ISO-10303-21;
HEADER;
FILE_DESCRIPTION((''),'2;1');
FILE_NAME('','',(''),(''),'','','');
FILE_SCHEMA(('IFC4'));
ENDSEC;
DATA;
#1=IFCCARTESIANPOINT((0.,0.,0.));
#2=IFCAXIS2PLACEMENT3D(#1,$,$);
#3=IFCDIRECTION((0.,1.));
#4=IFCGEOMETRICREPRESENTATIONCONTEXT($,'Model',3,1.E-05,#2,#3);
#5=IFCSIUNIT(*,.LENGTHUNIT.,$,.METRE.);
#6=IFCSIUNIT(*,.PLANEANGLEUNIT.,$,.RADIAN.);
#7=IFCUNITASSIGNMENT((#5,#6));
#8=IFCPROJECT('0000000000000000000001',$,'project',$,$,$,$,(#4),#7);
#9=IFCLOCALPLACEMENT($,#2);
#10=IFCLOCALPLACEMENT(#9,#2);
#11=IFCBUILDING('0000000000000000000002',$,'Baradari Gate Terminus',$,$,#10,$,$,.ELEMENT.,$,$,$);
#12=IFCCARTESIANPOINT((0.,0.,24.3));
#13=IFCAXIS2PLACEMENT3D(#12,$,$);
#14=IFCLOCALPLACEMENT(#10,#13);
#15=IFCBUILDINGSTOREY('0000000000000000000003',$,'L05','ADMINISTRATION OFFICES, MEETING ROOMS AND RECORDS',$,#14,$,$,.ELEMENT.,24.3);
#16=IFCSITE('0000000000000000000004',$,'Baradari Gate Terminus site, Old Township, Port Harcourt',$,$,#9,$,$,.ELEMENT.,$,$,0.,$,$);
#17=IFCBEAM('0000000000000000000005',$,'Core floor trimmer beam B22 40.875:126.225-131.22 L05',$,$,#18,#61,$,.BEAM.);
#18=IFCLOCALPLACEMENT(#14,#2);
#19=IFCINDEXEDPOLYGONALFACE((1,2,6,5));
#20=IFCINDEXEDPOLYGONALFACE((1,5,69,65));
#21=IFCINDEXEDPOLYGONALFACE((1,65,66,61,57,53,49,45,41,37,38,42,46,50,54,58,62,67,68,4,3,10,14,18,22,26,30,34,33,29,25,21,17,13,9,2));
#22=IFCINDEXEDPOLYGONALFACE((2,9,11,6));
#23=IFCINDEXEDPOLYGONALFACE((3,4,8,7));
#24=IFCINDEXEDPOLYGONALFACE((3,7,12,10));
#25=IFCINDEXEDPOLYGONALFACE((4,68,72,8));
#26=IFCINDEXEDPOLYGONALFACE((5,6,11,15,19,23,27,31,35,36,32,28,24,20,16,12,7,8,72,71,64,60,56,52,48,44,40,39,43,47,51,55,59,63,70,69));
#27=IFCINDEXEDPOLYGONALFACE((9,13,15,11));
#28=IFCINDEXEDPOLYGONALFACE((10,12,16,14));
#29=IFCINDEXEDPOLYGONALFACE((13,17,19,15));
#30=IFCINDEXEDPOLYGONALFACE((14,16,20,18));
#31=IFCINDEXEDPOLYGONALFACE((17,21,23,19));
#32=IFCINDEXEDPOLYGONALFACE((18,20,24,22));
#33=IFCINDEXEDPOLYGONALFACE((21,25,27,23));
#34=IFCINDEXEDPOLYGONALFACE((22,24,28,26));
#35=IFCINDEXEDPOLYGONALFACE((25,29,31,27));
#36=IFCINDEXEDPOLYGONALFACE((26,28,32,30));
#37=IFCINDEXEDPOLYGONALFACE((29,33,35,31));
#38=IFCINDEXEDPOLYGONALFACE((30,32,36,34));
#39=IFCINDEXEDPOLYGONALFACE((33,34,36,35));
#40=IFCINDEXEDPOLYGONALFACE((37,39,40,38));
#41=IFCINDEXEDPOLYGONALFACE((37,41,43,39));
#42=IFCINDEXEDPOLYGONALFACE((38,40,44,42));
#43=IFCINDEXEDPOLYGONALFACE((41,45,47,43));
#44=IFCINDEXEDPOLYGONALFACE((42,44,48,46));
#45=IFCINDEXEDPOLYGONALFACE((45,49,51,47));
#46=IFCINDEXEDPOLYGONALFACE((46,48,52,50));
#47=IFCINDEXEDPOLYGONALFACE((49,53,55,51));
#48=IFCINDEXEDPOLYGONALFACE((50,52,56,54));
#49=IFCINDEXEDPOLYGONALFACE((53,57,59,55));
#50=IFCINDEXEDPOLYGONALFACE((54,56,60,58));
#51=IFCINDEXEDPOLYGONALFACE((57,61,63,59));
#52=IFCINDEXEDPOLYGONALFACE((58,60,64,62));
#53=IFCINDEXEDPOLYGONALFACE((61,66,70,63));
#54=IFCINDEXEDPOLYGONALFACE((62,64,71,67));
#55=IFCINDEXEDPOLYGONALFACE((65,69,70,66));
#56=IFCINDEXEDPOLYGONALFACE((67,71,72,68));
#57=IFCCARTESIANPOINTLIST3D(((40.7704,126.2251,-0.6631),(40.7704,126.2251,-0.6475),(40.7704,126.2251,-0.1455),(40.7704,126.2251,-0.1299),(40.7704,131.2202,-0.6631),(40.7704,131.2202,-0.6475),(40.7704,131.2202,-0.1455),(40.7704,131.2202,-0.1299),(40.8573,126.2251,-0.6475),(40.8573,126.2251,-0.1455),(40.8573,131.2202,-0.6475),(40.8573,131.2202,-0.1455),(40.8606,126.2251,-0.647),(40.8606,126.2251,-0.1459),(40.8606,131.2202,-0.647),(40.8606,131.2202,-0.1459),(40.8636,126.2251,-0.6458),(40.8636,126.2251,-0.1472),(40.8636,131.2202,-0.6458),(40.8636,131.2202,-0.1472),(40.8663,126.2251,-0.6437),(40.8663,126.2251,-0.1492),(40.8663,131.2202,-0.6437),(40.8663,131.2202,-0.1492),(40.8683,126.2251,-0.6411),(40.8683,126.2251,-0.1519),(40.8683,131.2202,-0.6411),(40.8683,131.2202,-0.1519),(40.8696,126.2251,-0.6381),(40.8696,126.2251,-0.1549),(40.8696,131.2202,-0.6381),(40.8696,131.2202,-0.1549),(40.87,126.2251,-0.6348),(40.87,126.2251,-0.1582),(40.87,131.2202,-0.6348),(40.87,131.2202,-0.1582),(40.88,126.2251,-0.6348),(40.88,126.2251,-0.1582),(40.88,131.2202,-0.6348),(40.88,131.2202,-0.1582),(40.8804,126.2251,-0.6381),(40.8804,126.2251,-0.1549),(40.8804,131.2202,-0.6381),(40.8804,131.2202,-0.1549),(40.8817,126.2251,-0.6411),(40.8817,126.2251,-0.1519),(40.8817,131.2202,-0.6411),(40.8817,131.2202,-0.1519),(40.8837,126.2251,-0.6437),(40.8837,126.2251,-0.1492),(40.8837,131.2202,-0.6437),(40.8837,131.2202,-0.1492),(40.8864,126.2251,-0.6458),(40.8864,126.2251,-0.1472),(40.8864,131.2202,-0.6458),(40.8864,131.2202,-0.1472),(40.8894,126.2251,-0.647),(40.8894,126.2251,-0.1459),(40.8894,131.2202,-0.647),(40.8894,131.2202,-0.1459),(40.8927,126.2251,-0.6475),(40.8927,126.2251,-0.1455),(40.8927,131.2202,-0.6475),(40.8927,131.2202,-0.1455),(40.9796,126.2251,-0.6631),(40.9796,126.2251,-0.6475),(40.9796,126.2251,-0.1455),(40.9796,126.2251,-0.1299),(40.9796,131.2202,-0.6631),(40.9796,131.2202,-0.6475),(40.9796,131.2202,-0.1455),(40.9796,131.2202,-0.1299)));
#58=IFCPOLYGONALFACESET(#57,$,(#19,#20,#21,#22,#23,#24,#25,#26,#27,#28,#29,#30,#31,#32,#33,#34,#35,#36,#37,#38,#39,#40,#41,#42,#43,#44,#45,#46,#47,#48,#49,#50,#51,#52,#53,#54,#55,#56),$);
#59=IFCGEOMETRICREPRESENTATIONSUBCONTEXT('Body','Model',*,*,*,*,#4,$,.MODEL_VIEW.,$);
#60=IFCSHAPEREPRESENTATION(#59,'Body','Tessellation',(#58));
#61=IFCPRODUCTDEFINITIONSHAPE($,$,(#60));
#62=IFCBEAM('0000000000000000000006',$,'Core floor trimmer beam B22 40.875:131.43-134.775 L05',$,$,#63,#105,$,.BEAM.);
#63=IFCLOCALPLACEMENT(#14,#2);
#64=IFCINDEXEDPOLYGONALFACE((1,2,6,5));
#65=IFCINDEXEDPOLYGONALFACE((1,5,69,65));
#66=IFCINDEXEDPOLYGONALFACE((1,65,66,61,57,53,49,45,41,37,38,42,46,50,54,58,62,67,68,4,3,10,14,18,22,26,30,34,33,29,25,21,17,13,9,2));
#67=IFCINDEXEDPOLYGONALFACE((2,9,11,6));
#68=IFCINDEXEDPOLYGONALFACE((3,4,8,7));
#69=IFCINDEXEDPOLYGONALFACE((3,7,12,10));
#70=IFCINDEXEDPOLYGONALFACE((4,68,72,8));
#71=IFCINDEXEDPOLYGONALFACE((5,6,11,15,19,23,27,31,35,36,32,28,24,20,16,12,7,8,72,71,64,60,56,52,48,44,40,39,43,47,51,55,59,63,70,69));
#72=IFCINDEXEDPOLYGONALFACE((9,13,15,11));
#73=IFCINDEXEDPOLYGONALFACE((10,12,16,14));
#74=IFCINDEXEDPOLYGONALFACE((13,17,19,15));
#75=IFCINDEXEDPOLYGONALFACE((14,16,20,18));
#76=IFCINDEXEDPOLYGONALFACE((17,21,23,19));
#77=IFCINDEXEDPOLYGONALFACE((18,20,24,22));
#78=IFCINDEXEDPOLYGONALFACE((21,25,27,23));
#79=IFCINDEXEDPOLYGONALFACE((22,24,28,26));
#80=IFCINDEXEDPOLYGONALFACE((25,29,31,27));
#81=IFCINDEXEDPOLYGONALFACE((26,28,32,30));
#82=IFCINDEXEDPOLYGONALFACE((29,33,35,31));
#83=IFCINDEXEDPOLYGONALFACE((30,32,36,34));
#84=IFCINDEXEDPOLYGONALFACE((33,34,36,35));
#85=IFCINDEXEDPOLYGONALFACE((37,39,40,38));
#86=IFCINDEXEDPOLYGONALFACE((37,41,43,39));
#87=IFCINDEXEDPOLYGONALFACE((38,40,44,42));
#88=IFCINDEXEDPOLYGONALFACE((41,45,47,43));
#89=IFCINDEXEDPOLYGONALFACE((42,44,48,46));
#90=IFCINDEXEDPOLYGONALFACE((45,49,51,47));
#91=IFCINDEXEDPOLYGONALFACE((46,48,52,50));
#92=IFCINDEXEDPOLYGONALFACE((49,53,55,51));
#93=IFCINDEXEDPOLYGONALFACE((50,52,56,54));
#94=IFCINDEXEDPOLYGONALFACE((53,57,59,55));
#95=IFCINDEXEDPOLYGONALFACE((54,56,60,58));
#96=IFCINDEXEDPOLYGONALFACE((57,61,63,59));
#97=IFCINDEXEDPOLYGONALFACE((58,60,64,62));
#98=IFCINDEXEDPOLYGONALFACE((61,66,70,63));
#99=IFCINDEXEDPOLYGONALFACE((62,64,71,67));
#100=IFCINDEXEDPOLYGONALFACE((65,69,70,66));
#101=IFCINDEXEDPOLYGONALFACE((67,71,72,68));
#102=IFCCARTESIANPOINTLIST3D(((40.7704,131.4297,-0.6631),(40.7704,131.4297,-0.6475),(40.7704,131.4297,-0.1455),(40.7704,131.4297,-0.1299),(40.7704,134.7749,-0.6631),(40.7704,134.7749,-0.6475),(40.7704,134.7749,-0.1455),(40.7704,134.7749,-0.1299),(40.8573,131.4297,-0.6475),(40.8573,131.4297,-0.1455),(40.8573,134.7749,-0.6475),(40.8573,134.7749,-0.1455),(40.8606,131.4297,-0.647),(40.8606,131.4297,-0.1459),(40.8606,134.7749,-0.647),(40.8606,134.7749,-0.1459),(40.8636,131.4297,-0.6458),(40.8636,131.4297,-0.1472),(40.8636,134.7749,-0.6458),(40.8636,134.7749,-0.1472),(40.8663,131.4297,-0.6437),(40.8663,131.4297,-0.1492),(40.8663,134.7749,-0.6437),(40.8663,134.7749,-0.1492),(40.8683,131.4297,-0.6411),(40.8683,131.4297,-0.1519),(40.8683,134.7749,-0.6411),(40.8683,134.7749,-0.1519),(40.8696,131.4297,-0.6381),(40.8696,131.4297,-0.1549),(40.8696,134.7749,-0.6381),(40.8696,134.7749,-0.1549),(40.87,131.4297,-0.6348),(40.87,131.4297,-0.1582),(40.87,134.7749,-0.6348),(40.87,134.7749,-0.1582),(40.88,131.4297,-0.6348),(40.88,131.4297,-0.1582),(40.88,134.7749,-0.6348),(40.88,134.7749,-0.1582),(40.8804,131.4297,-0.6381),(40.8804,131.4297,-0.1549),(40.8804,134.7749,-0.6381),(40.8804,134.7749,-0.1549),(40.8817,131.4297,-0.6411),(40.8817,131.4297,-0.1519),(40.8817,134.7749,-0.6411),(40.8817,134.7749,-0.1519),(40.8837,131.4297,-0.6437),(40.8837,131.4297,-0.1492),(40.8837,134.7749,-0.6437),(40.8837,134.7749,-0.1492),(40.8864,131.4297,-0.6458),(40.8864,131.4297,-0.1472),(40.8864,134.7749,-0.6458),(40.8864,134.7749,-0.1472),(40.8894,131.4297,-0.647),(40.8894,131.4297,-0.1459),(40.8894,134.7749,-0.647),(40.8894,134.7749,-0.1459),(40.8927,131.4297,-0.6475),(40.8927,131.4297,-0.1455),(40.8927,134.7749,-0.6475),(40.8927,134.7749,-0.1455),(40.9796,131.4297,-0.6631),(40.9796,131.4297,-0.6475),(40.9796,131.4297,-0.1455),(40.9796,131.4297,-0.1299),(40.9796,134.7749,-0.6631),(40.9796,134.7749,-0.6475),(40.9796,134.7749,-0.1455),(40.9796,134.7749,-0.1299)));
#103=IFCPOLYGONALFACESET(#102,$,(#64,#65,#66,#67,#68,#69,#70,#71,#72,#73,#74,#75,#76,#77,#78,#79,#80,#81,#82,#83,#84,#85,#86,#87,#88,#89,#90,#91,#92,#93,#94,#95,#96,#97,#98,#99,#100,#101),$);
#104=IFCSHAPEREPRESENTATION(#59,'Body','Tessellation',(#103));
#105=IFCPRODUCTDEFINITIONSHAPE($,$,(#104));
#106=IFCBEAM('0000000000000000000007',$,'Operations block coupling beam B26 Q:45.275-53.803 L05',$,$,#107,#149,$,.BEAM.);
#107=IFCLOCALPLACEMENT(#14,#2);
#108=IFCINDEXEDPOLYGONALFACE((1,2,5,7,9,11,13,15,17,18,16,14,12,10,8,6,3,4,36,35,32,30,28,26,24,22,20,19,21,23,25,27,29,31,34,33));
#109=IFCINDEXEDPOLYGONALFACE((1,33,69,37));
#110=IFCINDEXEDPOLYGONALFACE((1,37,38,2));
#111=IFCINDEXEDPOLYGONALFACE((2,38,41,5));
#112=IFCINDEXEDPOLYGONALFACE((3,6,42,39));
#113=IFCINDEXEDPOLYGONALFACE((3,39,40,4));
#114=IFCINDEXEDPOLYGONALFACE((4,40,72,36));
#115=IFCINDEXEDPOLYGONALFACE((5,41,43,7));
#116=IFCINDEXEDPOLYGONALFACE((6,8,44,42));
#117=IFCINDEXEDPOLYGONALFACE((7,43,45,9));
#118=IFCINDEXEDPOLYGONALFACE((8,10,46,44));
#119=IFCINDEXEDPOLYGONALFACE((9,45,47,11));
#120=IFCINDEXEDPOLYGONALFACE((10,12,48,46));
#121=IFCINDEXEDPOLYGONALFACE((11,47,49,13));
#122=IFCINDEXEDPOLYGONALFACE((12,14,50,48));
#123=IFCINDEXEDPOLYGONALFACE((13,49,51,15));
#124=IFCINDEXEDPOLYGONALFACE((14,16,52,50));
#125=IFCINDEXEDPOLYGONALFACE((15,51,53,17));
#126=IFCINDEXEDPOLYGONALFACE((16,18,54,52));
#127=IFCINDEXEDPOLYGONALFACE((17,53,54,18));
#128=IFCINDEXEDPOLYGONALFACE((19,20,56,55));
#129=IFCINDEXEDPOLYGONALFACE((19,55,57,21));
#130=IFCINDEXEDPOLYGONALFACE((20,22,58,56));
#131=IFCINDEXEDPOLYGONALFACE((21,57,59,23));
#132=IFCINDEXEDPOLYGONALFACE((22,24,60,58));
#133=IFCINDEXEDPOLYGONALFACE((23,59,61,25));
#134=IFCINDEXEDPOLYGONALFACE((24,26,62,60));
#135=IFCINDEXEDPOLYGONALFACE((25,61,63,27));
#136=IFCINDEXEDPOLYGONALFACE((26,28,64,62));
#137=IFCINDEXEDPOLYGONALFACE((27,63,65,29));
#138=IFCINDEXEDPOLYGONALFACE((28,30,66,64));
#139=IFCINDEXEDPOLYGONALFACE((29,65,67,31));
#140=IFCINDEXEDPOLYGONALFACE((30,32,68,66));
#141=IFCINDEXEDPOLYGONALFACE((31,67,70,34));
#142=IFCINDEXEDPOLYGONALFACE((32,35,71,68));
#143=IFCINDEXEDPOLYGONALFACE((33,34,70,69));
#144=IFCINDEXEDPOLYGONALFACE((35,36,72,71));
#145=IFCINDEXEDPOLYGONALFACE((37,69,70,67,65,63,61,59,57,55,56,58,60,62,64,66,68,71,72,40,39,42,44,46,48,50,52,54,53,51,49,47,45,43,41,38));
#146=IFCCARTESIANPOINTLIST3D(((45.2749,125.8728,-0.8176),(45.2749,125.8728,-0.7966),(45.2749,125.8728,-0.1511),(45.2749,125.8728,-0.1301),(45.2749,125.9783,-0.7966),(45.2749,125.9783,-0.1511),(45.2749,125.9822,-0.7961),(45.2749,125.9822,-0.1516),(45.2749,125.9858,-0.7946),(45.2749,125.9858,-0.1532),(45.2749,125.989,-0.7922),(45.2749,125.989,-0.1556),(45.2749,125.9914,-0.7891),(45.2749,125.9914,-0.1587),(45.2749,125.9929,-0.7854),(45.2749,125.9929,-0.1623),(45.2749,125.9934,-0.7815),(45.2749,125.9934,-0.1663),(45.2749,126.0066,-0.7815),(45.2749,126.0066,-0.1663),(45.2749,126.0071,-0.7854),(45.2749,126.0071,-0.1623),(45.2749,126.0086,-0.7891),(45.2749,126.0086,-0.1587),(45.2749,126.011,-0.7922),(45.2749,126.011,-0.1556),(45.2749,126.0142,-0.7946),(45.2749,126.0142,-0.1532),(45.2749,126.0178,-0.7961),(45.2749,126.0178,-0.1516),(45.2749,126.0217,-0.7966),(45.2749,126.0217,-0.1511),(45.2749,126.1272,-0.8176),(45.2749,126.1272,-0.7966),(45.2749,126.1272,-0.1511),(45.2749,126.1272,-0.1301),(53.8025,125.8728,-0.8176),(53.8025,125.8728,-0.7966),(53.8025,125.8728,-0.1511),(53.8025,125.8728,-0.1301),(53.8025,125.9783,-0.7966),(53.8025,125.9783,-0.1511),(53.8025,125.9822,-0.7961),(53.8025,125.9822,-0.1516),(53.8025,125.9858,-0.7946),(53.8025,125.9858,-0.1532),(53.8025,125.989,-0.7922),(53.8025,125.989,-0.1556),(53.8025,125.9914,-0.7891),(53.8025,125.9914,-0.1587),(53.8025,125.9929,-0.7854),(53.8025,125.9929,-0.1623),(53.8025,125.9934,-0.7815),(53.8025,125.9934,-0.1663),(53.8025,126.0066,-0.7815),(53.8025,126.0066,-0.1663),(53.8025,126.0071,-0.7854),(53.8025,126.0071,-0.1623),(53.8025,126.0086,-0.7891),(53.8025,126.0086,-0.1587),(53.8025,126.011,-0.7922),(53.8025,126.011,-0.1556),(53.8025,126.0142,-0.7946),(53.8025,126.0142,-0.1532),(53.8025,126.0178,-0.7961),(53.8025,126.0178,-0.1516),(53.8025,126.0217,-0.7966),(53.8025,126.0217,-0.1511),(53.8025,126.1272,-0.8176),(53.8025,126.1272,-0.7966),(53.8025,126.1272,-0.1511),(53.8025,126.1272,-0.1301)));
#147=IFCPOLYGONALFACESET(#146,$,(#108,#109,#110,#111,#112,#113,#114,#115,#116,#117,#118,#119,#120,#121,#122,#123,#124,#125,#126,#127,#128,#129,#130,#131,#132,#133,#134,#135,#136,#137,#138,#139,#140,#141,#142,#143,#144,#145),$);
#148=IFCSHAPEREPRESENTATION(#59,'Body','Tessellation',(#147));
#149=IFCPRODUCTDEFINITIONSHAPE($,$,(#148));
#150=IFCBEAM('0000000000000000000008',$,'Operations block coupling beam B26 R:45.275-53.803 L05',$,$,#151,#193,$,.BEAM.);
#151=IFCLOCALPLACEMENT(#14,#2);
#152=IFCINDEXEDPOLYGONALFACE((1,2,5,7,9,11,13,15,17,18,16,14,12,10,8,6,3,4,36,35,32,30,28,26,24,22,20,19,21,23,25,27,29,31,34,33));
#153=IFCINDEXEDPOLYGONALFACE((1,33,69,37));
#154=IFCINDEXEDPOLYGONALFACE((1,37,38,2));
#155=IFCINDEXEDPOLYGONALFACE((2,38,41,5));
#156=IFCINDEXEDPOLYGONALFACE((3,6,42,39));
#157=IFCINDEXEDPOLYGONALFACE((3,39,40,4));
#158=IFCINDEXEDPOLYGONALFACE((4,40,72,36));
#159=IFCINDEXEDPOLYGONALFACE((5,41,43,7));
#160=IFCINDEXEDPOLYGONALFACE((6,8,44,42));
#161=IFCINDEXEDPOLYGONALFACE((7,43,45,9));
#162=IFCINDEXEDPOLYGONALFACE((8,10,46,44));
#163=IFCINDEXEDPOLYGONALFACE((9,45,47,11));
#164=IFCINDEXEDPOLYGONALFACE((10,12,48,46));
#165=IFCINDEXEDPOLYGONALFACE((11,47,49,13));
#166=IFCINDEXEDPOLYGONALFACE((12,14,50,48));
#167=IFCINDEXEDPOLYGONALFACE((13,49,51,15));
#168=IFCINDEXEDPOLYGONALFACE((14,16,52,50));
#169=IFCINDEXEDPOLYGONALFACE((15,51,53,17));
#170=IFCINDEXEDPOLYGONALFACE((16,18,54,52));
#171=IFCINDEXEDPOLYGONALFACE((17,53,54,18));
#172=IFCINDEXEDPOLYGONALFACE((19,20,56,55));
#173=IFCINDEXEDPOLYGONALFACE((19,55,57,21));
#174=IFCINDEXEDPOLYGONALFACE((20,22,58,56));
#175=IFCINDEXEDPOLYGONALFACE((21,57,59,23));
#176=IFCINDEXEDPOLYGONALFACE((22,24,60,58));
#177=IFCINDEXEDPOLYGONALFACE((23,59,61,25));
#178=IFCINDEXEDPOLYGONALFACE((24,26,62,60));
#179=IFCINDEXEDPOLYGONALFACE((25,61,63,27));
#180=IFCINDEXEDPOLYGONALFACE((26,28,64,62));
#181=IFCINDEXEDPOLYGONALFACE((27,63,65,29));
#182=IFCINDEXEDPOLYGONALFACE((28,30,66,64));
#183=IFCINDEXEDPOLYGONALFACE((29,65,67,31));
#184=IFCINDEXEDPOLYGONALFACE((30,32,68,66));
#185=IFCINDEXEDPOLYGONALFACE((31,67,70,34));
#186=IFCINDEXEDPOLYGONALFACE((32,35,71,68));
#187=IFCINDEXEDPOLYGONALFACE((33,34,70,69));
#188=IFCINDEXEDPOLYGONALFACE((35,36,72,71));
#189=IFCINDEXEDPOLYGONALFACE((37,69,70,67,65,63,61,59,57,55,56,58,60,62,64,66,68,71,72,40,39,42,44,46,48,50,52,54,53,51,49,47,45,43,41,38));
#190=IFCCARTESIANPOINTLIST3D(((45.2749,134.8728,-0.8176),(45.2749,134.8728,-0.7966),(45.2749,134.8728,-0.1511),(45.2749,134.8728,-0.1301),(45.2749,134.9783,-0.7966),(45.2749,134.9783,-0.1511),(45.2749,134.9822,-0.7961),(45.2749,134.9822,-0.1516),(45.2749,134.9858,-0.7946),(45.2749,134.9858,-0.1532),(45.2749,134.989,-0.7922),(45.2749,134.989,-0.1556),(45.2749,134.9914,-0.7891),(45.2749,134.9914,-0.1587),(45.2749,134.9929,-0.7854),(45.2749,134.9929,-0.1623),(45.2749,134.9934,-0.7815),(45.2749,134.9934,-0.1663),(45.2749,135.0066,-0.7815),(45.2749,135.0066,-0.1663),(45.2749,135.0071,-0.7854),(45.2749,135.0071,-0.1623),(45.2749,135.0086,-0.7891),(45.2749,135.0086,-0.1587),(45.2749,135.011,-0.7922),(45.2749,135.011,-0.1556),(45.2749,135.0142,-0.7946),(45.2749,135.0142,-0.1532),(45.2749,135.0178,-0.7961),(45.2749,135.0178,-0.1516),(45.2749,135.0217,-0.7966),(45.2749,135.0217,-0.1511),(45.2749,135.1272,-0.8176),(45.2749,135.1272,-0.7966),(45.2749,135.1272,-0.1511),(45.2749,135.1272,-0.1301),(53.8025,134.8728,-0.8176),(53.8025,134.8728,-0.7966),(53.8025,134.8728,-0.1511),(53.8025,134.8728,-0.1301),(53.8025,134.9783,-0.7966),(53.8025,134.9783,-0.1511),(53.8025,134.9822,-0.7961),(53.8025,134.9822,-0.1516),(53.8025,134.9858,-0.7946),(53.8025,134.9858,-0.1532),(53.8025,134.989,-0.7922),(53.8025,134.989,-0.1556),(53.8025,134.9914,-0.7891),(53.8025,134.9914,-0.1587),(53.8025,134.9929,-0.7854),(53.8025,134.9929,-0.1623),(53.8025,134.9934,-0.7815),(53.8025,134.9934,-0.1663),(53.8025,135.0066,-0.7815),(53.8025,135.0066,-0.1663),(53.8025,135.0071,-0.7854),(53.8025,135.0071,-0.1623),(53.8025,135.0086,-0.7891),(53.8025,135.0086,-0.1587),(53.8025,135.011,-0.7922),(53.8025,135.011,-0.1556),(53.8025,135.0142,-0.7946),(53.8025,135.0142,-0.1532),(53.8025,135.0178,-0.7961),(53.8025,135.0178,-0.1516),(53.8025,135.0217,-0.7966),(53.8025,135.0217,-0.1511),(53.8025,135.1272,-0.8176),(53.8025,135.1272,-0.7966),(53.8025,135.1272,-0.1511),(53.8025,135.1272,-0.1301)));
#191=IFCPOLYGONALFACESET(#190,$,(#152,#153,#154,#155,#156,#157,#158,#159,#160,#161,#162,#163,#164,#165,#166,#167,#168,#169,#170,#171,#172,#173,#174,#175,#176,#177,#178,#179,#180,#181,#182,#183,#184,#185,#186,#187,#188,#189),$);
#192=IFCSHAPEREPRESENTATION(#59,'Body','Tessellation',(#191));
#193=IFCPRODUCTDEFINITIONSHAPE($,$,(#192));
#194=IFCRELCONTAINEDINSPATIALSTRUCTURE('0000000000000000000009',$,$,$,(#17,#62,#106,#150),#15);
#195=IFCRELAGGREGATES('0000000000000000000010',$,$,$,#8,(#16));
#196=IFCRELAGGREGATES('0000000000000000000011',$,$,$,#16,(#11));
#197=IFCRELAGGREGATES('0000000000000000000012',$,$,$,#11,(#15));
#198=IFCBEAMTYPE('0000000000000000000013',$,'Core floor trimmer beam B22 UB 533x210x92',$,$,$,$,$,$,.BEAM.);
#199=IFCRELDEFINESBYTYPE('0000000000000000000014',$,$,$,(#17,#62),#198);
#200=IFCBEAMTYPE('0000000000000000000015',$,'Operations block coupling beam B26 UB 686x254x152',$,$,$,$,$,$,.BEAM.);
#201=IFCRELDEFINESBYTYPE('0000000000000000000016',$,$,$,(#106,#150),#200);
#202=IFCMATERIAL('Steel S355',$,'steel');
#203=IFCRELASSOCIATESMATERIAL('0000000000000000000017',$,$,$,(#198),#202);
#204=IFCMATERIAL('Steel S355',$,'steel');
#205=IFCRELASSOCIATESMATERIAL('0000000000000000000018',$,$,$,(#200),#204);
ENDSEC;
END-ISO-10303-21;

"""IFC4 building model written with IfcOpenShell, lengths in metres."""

from ifc_helpers import new_model, si_unit, direction, frame, origin, origin_2d, place, context, subcontext, project, spatial, i_section, extrude, material, material_profile, profile_set, type_object, element, save


model = new_model("IFC4")

# Units and contexts
model_context = context("Model", 3, precision=1e-05, world=origin(), true_north=direction((0.0, 1.0)))
body_context = subcontext(model_context, "Body", "Model", "MODEL_VIEW")
ifc_project = project(units=[si_unit("LENGTHUNIT", "METRE"), si_unit("PLANEANGLEUNIT", "RADIAN")], contexts=[model_context])

# Site, building, storey
site_placement = place(None, origin())
site = spatial("IfcSite", under=ifc_project, at=site_placement, Name="Baradari Gate Terminus site, Old Township, Port Harcourt", CompositionType="ELEMENT", RefElevation=0.0)
building_placement = place(site_placement, origin())
building = spatial("IfcBuilding", under=site, at=building_placement, Name="Baradari Gate Terminus", CompositionType="ELEMENT")
storey_placement = place(building_placement, frame((0.0, 0.0, 24.3)))
storey = spatial("IfcBuildingStorey", under=building, at=storey_placement, Name="L05", Description="ADMINISTRATION OFFICES, MEETING ROOMS AND RECORDS", CompositionType="ELEMENT", Elevation=24.3)

# Beams
ifc_material_1 = material(Name="Steel S355", Category="steel")
ifc_material_profile_1 = material_profile(ifc_material_1, i_section(OverallWidth=0.2092, OverallDepth=0.5332, WebThickness=0.01, FlangeThickness=0.0156, FilletRadius=0.0127, at=origin_2d()), Name="UB 533x210x92")
ifc_profile_set_1 = profile_set([ifc_material_profile_1], Name="Steel S355")
beam_type_1 = type_object("IfcBeamType", Name="Core floor trimmer beam B22 UB 533x210x92", PredefinedType="BEAM", material=ifc_profile_set_1)
beam_1_placement = place(storey_placement, frame((40.875, 126.2251, -0.3965), z_axis=(0.0, 1.0, 0.0), x_axis=(-1.0, 0.0, 0.0)))
element("IfcBeam", 1, at=beam_1_placement, inside=storey, type_object=beam_type_1, Name="Core floor trimmer beam B22 40.875:126.225-131.22 L05", PredefinedType="BEAM", context=body_context, shape_type="SweptSolid", body=[
    extrude(i_section(OverallWidth=0.2092, OverallDepth=0.5332, WebThickness=0.01, FlangeThickness=0.0156, FilletRadius=0.0127, at=origin_2d()), origin(), (0.0, 0.0, 1.0), 4.9951),
])
beam_2_placement = place(storey_placement, frame((40.875, 131.4297, -0.3965), z_axis=(0.0, 1.0, 0.0), x_axis=(-1.0, 0.0, 0.0)))
element("IfcBeam", 2, at=beam_2_placement, inside=storey, type_object=beam_type_1, Name="Core floor trimmer beam B22 40.875:131.43-134.775 L05", PredefinedType="BEAM", context=body_context, shape_type="SweptSolid", body=[
    extrude(i_section(OverallWidth=0.2092, OverallDepth=0.5332, WebThickness=0.01, FlangeThickness=0.0156, FilletRadius=0.0127, at=origin_2d()), origin(), (0.0, 0.0, 1.0), 3.3452),
])
ifc_material_2 = material(Name="Steel S355", Category="steel")
ifc_material_profile_2 = material_profile(ifc_material_2, i_section(OverallWidth=0.2544, OverallDepth=0.6875, WebThickness=0.0132, FlangeThickness=0.021, FilletRadius=0.0151, at=origin_2d()), Name="UB 686x254x152")
ifc_profile_set_2 = profile_set([ifc_material_profile_2], Name="Steel S355")
beam_type_2 = type_object("IfcBeamType", Name="Operations block coupling beam B26 UB 686x254x152", PredefinedType="BEAM", material=ifc_profile_set_2)
for number, where, z_axis, x_axis, name in (
    (3, (45.2749, 126.0, -0.4739), (1.0, 0.0, 0.0), (0.0, 1.0, 0.0), "Operations block coupling beam B26 Q:45.275-53.803 L05"),
    (4, (45.2749, 135.0, -0.4739), (1.0, 0.0, 0.0), (0.0, 1.0, 0.0), "Operations block coupling beam B26 R:45.275-53.803 L05"),
):
    element("IfcBeam", number, at=place(storey_placement, frame(where, z_axis=z_axis, x_axis=x_axis)), inside=storey, type_object=beam_type_2, Name=name, PredefinedType="BEAM", context=body_context, shape_type="SweptSolid", body=[
        extrude(i_section(OverallWidth=0.2544, OverallDepth=0.6875, WebThickness=0.0132, FlangeThickness=0.021, FilletRadius=0.0151, at=origin_2d()), origin(), (0.0, 0.0, 1.0), 8.5276),
    ])

save(model, "model.ifc")
